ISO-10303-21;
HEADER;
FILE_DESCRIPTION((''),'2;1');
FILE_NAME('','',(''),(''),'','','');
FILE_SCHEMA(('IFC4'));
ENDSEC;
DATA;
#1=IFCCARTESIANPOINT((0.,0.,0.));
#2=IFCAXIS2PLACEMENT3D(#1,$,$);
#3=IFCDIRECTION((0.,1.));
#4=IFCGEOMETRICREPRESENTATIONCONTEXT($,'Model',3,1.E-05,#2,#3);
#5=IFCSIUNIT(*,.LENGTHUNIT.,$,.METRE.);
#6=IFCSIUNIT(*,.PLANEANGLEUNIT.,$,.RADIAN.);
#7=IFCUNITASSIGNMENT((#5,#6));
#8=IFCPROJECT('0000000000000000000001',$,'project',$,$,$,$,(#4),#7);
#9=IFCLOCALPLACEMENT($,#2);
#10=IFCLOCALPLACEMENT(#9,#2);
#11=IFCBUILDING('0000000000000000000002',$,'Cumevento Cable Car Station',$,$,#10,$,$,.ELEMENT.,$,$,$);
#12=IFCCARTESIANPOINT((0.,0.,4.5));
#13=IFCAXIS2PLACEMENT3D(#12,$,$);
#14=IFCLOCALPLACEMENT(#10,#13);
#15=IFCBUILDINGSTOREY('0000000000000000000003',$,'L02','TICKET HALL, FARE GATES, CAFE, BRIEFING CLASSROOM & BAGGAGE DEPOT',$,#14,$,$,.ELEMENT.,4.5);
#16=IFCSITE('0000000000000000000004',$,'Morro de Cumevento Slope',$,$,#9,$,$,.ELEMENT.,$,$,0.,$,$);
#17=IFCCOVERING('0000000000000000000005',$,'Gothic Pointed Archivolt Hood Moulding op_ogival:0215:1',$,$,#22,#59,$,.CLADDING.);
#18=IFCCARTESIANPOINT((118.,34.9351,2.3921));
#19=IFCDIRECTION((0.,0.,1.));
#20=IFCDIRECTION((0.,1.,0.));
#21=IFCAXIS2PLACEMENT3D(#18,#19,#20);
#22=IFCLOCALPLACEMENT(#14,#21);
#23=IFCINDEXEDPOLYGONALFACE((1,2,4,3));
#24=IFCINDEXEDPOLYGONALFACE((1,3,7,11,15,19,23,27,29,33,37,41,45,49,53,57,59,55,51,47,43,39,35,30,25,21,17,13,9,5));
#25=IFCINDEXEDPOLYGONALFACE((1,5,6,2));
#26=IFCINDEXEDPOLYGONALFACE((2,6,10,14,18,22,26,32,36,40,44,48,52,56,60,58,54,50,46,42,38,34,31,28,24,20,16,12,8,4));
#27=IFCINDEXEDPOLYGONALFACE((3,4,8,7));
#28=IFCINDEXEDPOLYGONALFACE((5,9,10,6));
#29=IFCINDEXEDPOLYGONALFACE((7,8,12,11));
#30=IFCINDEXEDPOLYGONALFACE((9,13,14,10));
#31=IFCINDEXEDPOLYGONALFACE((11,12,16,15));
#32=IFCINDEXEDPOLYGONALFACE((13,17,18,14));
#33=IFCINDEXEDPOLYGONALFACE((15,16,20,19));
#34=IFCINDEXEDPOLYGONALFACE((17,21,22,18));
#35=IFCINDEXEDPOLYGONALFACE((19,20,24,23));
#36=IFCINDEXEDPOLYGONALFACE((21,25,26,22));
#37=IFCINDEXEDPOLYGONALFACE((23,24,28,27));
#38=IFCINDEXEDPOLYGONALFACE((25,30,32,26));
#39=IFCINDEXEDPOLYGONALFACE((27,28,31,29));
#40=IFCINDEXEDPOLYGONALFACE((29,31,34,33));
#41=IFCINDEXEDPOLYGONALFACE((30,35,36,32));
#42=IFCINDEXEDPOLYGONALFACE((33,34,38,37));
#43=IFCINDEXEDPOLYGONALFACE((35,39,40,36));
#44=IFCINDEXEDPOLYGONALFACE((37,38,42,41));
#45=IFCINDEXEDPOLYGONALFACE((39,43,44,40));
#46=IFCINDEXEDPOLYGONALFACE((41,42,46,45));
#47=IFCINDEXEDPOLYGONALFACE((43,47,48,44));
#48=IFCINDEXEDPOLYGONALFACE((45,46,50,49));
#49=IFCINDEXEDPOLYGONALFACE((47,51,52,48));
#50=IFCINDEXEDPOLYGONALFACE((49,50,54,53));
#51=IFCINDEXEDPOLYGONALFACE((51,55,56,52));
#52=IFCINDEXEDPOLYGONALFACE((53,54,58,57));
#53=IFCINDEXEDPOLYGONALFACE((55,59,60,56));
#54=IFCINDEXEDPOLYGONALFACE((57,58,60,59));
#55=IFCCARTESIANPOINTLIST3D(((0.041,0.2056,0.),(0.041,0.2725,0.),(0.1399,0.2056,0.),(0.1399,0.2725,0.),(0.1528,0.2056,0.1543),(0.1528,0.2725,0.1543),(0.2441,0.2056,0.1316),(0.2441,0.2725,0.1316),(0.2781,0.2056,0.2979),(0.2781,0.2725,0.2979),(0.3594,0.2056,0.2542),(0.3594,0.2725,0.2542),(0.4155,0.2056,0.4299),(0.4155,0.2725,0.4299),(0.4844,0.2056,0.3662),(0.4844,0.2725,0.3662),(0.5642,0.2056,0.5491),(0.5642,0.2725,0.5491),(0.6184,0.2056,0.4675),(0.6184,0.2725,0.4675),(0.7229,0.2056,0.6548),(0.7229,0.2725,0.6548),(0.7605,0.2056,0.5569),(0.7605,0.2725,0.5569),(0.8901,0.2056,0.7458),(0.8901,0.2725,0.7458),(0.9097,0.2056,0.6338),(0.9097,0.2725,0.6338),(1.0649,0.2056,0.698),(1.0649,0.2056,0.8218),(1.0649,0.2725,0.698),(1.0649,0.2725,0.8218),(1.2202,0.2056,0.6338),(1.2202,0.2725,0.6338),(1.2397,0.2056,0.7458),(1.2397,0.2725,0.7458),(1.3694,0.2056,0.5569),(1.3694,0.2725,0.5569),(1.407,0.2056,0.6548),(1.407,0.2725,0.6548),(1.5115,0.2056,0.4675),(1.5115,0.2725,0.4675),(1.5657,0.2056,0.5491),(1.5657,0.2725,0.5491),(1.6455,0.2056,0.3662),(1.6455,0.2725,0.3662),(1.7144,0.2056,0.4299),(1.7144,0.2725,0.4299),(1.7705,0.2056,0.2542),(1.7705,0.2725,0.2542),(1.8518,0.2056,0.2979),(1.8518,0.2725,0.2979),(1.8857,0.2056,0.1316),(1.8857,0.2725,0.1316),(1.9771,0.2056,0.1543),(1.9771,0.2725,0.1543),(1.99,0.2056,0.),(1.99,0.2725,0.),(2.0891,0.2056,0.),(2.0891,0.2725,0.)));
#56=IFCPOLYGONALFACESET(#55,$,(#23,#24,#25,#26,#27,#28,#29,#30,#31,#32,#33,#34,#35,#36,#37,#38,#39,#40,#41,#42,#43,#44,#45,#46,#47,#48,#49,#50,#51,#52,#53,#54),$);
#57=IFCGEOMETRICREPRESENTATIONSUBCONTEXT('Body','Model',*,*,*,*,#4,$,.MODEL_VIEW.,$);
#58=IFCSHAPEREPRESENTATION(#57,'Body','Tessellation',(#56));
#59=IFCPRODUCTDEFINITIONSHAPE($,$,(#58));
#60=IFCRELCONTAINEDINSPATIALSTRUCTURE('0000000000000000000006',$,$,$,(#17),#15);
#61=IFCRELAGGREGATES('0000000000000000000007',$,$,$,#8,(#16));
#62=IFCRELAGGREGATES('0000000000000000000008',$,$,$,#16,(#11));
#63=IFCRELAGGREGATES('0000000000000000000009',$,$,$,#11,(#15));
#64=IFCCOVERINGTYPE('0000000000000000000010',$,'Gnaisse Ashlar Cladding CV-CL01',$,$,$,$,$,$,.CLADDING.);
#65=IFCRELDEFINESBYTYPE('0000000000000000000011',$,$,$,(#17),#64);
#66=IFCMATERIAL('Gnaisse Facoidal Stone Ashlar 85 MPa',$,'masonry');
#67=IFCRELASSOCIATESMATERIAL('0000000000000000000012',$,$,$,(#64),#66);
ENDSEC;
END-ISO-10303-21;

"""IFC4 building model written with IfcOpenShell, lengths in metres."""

from ifc_helpers import new_model, si_unit, direction, frame, origin, place, context, subcontext, project, spatial, polyline, outline, extrude, material, type_object, element, save


model = new_model("IFC4")

# Units and contexts
model_context = context("Model", 3, precision=1e-05, world=origin(), true_north=direction((0.0, 1.0)))
body_context = subcontext(model_context, "Body", "Model", "MODEL_VIEW")
ifc_project = project(units=[si_unit("LENGTHUNIT", "METRE"), si_unit("PLANEANGLEUNIT", "RADIAN")], contexts=[model_context])

# Site, building, storey
site_placement = place(None, origin())
site = spatial("IfcSite", under=ifc_project, at=site_placement, Name="Morro de Cumevento Slope", CompositionType="ELEMENT", RefElevation=0.0)
building_placement = place(site_placement, origin())
building = spatial("IfcBuilding", under=site, at=building_placement, Name="Cumevento Cable Car Station", CompositionType="ELEMENT")
storey_placement = place(building_placement, frame((0.0, 0.0, 4.5)))
storey = spatial("IfcBuildingStorey", under=building, at=storey_placement, Name="L02", Description="TICKET HALL, FARE GATES, CAFE, BRIEFING CLASSROOM & BAGGAGE DEPOT", CompositionType="ELEMENT", Elevation=4.5)

# Covering
ifc_material_1 = material(Name="Gnaisse Facoidal Stone Ashlar 85 MPa", Category="masonry")
covering_type = type_object("IfcCoveringType", Name="Gnaisse Ashlar Cladding CV-CL01", PredefinedType="CLADDING", material=ifc_material_1)
covering_1_placement = place(storey_placement, frame((118.0, 34.9351, 2.3921), z_axis=(0.0, 0.0, 1.0), x_axis=(0.0, 1.0, 0.0)))
element("IfcCovering", 1, at=covering_1_placement, inside=storey, type_object=covering_type, Name="Gothic Pointed Archivolt Hood Moulding op_ogival:0215:1", PredefinedType="CLADDING", context=body_context, shape_type="SweptSolid", body=[
    extrude(outline(polyline([(0.1399, 0.0), (0.2441, 0.1316), (0.3594, 0.2542), (0.4844, 0.3662), (0.6184, 0.4675), (0.7605, 0.5569), (0.9097, 0.6338), (1.0649, 0.698), (1.2202, 0.6338), (1.3694, 0.5569), (1.5115, 0.4675), (1.6455, 0.3662), (1.7705, 0.2542), (1.8857, 0.1316), (1.99, 0.0), (2.0891, 0.0), (1.9771, 0.1543), (1.8518, 0.2979), (1.7144, 0.4299), (1.5657, 0.5491), (1.407, 0.6548), (1.2397, 0.7458), (1.0649, 0.8218), (0.8901, 0.7458), (0.7229, 0.6548), (0.5642, 0.5491), (0.4155, 0.4299), (0.2781, 0.2979), (0.1528, 0.1543), (0.041, 0.0), (0.1399, 0.0)])), frame((0.0, 0.2725, 0.0), z_axis=(0.0, -1.0, 0.0), x_axis=(1.0, 0.0, 0.0)), (0.0, 0.0, 1.0), 0.0669),
])

save(model, "model.ifc")
